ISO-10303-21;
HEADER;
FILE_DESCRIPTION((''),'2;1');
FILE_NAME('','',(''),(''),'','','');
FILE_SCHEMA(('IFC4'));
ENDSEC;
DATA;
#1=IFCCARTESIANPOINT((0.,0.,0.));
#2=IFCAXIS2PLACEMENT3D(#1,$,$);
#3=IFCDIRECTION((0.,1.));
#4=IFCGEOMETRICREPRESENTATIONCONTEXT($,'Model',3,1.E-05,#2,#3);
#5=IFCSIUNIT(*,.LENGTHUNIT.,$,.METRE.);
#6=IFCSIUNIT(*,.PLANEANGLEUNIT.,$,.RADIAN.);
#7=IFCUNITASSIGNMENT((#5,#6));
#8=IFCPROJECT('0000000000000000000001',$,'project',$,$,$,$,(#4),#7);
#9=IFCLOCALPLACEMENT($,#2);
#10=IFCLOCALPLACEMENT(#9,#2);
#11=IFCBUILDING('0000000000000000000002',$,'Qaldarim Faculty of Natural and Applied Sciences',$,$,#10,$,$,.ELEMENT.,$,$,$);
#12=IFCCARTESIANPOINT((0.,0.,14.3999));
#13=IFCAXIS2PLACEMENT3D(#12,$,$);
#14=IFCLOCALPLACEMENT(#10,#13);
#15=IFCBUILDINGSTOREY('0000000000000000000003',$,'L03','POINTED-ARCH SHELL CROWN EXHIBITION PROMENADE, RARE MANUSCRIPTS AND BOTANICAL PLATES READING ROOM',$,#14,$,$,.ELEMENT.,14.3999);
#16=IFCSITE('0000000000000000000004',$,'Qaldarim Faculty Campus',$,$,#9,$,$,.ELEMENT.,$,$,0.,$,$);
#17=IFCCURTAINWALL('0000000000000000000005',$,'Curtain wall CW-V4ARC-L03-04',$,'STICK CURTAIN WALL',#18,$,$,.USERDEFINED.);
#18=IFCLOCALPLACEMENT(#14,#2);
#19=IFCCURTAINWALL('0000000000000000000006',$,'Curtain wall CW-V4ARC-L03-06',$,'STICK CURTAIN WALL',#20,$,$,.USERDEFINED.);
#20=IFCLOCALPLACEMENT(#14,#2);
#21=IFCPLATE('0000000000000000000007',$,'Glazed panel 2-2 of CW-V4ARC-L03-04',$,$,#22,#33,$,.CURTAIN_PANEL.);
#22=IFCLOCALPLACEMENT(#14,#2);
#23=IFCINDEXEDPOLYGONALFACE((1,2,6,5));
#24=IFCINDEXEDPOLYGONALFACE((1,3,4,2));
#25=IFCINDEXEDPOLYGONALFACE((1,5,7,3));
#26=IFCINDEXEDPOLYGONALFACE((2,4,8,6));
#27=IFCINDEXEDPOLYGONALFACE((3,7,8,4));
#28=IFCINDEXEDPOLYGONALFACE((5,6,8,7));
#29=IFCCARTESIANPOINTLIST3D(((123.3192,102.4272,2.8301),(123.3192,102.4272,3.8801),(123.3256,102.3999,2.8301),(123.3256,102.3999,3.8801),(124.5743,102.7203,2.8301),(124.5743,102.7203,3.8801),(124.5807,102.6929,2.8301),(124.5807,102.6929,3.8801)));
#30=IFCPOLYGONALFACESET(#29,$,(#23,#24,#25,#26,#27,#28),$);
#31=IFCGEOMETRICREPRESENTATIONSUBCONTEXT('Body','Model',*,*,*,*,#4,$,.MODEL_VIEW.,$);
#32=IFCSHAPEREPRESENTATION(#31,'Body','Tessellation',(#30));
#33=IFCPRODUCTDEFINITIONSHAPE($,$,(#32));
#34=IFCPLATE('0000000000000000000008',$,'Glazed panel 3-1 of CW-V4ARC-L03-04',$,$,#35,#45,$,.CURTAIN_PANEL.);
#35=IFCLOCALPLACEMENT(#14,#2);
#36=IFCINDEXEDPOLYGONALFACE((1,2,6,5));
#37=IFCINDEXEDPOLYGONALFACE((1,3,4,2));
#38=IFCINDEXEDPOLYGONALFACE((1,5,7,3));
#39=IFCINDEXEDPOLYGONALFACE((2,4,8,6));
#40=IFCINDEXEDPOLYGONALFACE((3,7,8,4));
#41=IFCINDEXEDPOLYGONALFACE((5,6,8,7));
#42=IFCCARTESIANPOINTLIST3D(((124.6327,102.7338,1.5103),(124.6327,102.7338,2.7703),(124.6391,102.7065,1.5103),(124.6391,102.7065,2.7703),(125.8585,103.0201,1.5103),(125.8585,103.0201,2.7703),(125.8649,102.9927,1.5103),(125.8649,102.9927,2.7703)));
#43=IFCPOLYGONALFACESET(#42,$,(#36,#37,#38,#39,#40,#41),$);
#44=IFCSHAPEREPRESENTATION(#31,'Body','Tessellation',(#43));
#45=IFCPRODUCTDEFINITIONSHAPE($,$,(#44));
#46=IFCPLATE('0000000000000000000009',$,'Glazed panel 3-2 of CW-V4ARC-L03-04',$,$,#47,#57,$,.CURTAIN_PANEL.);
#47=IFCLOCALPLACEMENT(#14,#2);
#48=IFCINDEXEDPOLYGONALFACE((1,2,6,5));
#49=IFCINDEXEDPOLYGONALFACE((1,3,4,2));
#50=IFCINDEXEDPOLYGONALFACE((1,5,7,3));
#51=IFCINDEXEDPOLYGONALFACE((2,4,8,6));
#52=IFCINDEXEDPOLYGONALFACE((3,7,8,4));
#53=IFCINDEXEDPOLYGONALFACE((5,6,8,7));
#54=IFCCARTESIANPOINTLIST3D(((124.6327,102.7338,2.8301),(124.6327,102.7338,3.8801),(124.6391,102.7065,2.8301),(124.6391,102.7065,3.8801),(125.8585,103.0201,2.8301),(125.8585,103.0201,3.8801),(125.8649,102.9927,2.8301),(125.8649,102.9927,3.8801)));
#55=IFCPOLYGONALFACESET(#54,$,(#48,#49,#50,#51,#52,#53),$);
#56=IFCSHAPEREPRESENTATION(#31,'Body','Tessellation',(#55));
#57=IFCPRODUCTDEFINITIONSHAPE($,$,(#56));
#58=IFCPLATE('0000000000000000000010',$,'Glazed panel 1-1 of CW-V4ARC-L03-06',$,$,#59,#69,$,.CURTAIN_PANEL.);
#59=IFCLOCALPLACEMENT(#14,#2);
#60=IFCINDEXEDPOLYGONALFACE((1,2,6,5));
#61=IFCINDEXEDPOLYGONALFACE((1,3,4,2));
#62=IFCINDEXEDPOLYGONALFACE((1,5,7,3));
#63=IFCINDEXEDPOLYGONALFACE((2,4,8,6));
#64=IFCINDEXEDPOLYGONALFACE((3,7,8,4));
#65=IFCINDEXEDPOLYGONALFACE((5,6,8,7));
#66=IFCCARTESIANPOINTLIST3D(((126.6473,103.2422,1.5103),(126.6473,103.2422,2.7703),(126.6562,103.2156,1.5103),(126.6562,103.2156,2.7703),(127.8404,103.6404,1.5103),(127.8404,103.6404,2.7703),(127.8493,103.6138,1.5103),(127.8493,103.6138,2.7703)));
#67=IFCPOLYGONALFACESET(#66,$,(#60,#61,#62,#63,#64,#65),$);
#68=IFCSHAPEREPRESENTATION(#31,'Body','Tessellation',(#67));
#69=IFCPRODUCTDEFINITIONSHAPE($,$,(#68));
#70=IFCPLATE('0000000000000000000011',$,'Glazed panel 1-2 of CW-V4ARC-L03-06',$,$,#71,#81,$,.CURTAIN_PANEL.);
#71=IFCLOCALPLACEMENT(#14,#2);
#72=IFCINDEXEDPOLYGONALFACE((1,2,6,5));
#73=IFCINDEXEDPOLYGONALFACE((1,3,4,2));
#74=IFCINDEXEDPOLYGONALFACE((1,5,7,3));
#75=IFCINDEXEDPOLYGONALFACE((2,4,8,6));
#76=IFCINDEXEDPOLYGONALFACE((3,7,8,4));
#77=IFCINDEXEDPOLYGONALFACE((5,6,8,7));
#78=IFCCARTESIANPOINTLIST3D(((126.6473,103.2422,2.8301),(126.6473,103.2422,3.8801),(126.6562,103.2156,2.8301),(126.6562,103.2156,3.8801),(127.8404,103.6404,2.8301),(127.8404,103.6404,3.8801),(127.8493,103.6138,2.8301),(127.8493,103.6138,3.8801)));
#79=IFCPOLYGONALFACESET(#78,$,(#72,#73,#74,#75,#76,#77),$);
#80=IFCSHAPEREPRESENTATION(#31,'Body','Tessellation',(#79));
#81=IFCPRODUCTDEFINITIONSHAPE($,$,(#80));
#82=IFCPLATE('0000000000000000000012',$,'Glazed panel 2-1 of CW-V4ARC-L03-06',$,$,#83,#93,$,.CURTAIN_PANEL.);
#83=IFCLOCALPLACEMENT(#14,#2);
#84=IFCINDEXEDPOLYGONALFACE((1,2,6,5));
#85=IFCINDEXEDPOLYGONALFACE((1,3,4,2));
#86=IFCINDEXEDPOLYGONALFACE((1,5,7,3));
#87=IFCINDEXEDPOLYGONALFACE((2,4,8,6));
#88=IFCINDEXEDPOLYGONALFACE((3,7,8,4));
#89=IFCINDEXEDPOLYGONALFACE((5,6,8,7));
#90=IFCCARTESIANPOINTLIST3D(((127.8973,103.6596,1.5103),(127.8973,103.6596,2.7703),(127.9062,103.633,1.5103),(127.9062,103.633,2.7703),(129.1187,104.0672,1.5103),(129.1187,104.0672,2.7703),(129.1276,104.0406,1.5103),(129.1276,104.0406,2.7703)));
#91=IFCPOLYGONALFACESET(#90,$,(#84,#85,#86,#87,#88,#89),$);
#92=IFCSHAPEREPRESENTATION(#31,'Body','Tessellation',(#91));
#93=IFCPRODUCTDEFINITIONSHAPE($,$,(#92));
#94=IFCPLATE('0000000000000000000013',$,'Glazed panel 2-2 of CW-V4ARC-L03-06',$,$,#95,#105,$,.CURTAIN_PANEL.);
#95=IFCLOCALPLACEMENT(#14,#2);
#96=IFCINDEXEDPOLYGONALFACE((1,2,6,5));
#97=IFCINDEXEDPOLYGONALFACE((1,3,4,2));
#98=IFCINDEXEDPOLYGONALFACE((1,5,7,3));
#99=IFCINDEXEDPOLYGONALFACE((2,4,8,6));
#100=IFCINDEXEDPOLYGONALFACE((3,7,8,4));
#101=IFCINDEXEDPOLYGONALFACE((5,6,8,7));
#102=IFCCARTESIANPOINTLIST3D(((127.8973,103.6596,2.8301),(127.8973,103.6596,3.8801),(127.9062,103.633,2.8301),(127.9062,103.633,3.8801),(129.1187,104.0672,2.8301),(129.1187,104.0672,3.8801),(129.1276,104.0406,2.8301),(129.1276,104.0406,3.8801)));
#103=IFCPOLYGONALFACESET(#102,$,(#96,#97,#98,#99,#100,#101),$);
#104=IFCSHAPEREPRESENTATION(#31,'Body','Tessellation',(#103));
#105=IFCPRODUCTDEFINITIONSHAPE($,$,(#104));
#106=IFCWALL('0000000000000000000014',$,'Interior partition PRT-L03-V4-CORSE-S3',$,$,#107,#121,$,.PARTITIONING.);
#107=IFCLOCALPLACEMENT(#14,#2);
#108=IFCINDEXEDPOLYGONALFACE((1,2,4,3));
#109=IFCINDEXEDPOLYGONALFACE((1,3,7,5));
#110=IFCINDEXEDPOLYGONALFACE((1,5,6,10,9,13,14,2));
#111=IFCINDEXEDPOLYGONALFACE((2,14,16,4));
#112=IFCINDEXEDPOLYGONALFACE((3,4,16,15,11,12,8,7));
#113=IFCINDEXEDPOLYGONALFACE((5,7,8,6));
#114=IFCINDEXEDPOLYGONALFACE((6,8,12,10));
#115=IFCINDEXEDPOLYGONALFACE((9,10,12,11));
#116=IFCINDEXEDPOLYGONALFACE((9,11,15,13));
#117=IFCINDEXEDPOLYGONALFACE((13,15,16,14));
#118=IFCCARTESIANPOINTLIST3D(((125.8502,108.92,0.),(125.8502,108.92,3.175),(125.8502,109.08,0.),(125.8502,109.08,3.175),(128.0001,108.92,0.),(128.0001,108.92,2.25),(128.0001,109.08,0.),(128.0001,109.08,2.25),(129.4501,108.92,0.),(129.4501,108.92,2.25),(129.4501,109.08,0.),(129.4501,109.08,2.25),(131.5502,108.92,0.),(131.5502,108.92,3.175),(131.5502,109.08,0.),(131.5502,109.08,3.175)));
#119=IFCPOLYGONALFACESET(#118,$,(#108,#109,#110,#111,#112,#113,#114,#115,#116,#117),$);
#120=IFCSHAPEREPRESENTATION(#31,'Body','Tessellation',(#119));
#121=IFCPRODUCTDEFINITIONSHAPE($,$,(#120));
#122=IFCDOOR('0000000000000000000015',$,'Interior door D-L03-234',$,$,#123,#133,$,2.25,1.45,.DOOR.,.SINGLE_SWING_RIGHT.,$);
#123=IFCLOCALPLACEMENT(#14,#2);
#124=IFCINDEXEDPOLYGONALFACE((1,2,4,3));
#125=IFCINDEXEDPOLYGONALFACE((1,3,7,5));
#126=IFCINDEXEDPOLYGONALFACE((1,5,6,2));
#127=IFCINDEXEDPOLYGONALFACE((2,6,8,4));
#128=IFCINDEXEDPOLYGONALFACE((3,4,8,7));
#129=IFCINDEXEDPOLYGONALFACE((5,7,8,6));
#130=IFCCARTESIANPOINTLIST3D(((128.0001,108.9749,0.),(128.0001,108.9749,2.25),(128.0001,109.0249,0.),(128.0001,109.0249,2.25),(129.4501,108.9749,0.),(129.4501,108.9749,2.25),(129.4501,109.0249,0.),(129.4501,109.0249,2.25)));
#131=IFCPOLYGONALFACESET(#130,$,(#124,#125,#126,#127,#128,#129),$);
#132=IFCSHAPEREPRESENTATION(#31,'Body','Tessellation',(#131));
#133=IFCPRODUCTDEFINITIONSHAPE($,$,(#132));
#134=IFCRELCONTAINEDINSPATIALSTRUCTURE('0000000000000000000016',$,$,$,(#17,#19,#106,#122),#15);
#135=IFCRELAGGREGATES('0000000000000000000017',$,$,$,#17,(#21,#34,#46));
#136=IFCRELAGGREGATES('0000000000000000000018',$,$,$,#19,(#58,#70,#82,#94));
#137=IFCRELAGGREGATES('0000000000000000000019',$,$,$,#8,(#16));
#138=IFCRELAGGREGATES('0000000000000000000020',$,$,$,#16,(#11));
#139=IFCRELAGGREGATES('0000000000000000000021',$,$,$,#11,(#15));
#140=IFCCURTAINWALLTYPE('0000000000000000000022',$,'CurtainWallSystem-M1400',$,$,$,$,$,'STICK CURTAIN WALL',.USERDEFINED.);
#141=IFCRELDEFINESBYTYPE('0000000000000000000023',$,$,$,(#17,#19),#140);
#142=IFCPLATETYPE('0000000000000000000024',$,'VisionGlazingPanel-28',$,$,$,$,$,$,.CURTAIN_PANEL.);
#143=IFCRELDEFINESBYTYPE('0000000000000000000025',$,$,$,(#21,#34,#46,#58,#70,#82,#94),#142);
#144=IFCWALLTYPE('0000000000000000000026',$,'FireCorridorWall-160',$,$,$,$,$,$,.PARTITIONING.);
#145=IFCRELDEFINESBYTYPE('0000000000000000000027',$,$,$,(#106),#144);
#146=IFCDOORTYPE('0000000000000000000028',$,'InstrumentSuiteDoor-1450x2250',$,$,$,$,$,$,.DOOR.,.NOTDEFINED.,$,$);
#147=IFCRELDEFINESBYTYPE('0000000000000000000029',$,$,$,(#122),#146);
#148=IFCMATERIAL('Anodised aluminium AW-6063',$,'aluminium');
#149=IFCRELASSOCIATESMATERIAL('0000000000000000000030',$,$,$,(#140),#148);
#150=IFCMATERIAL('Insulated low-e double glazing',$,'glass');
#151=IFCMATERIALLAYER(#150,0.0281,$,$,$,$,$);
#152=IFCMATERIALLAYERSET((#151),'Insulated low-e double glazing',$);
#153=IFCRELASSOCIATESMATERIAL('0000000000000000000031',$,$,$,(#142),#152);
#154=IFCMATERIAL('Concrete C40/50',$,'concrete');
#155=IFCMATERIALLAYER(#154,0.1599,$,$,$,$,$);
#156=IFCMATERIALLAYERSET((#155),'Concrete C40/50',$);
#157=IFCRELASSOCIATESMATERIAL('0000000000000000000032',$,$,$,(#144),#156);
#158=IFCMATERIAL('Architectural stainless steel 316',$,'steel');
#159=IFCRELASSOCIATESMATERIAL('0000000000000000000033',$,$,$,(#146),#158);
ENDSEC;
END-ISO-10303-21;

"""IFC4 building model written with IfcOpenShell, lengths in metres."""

from ifc_helpers import new_model, si_unit, direction, frame, frame_2d, origin, origin_2d, place, context, subcontext, project, spatial, rectangle, extrude, material, layer, layer_set, type_object, element, fill, aggregate, save


model = new_model("IFC4")

# Units and contexts
model_context = context("Model", 3, precision=1e-05, world=origin(), true_north=direction((0.0, 1.0)))
body_context = subcontext(model_context, "Body", "Model", "MODEL_VIEW")
ifc_project = project(units=[si_unit("LENGTHUNIT", "METRE"), si_unit("PLANEANGLEUNIT", "RADIAN")], contexts=[model_context])

# Site, building, storey
site_placement = place(None, origin())
site = spatial("IfcSite", under=ifc_project, at=site_placement, Name="Qaldarim Faculty Campus", CompositionType="ELEMENT", RefElevation=0.0)
building_placement = place(site_placement, origin())
building = spatial("IfcBuilding", under=site, at=building_placement, Name="Qaldarim Faculty of Natural and Applied Sciences", CompositionType="ELEMENT")
storey_placement = place(building_placement, frame((0.0, 0.0, 14.3999)))
storey = spatial("IfcBuildingStorey", under=building, at=storey_placement, Name="L03", Description="POINTED-ARCH SHELL CROWN EXHIBITION PROMENADE, RARE MANUSCRIPTS AND BOTANICAL PLATES READING ROOM", CompositionType="ELEMENT", Elevation=14.3999)

# Curtain walls
ifc_material_1 = material(Name="Anodised aluminium AW-6063", Category="aluminium")
curtain_wall_type = type_object("IfcCurtainWallType", Name="CurtainWallSystem-M1400", ElementType="STICK CURTAIN WALL", PredefinedType="USERDEFINED", material=ifc_material_1)
curtain_wall_1_placement = place(storey_placement, origin())
curtain_wall_1 = element("IfcCurtainWall", 1, at=curtain_wall_1_placement, inside=storey, type_object=curtain_wall_type, Name="Curtain wall CW-V4ARC-L03-04", ObjectType="STICK CURTAIN WALL", PredefinedType="USERDEFINED")
curtain_wall_2_placement = place(storey_placement, origin())
curtain_wall_2 = element("IfcCurtainWall", 2, at=curtain_wall_2_placement, inside=storey, type_object=curtain_wall_type, Name="Curtain wall CW-V4ARC-L03-06", ObjectType="STICK CURTAIN WALL", PredefinedType="USERDEFINED")

# Plates
ifc_material_2 = material(Name="Insulated low-e double glazing", Category="glass")
ifc_layer_1 = layer(ifc_material_2, 0.0281)
ifc_layer_set_1 = layer_set([ifc_layer_1], Name="Insulated low-e double glazing")
plate_type = type_object("IfcPlateType", Name="VisionGlazingPanel-28", PredefinedType="CURTAIN_PANEL", material=ifc_layer_set_1)
plate_1_placement = place(storey_placement, frame((123.95, 102.5601, 2.8301), z_axis=(0.0, 0.0, 1.0), x_axis=(0.973806, 0.227382, 0.0)))
plate_1 = element("IfcPlate", 3, at=plate_1_placement, type_object=plate_type, Name="Glazed panel 2-2 of CW-V4ARC-L03-04", PredefinedType="CURTAIN_PANEL", context=body_context, shape_type="SweptSolid", body=[
    extrude(rectangle(XDim=1.2888, YDim=0.0281, at=origin_2d()), origin(), (0.0, 0.0, 1.0), 1.05),
])
plate_2_placement = place(storey_placement, frame((125.2488, 102.8633, 1.5103), z_axis=(0.0, 0.0, 1.0), x_axis=(0.973806, 0.227382, 0.0)))
plate_2 = element("IfcPlate", 4, at=plate_2_placement, type_object=plate_type, Name="Glazed panel 3-1 of CW-V4ARC-L03-04", PredefinedType="CURTAIN_PANEL", context=body_context, shape_type="SweptSolid", body=[
    extrude(rectangle(XDim=1.2588, YDim=0.0281, at=origin_2d()), origin(), (0.0, 0.0, 1.0), 1.26),
])
plate_3_placement = place(storey_placement, frame((125.2488, 102.8633, 2.8301), z_axis=(0.0, 0.0, 1.0), x_axis=(0.973806, 0.227382, 0.0)))
plate_3 = element("IfcPlate", 5, at=plate_3_placement, type_object=plate_type, Name="Glazed panel 3-2 of CW-V4ARC-L03-04", PredefinedType="CURTAIN_PANEL", context=body_context, shape_type="SweptSolid", body=[
    extrude(rectangle(XDim=1.2588, YDim=0.0281, at=origin_2d()), origin(), (0.0, 0.0, 1.0), 1.05),
])
aggregate(curtain_wall_1, [plate_1, plate_2, plate_3])
plate_4_placement = place(storey_placement, frame((127.2483, 103.428, 1.5103), z_axis=(0.0, 0.0, 1.0), x_axis=(0.948562, 0.316593, 0.0)))
plate_4 = element("IfcPlate", 6, at=plate_4_placement, type_object=plate_type, Name="Glazed panel 1-1 of CW-V4ARC-L03-06", PredefinedType="CURTAIN_PANEL", context=body_context, shape_type="SweptSolid", body=[
    extrude(rectangle(XDim=1.2578, YDim=0.0281, at=origin_2d()), origin(), (0.0, 0.0, 1.0), 1.26),
])
plate_5_placement = place(storey_placement, frame((127.2483, 103.428, 2.8301), z_axis=(0.0, 0.0, 1.0), x_axis=(0.948562, 0.316593, 0.0)))
plate_5 = element("IfcPlate", 7, at=plate_5_placement, type_object=plate_type, Name="Glazed panel 1-2 of CW-V4ARC-L03-06", PredefinedType="CURTAIN_PANEL", context=body_context, shape_type="SweptSolid", body=[
    extrude(rectangle(XDim=1.2578, YDim=0.0281, at=origin_2d()), origin(), (0.0, 0.0, 1.0), 1.05),
])
plate_6_placement = place(storey_placement, frame((128.5125, 103.8501, 1.5103), z_axis=(0.0, 0.0, 1.0), x_axis=(0.948562, 0.316593, 0.0)))
plate_6 = element("IfcPlate", 8, at=plate_6_placement, type_object=plate_type, Name="Glazed panel 2-1 of CW-V4ARC-L03-06", PredefinedType="CURTAIN_PANEL", context=body_context, shape_type="SweptSolid", body=[
    extrude(rectangle(XDim=1.2876, YDim=0.0281, at=origin_2d()), origin(), (0.0, 0.0, 1.0), 1.26),
])
plate_7_placement = place(storey_placement, frame((128.5125, 103.8501, 2.8301), z_axis=(0.0, 0.0, 1.0), x_axis=(0.948562, 0.316593, 0.0)))
plate_7 = element("IfcPlate", 9, at=plate_7_placement, type_object=plate_type, Name="Glazed panel 2-2 of CW-V4ARC-L03-06", PredefinedType="CURTAIN_PANEL", context=body_context, shape_type="SweptSolid", body=[
    extrude(rectangle(XDim=1.2876, YDim=0.0281, at=origin_2d()), origin(), (0.0, 0.0, 1.0), 1.05),
])
aggregate(curtain_wall_2, [plate_4, plate_5, plate_6, plate_7])

# Wall, opening, door
ifc_material_3 = material(Name="Concrete C40/50", Category="concrete")
ifc_layer_2 = layer(ifc_material_3, 0.1599)
ifc_layer_set_2 = layer_set([ifc_layer_2], Name="Concrete C40/50")
wall_type = type_object("IfcWallType", Name="FireCorridorWall-160", PredefinedType="PARTITIONING", material=ifc_layer_set_2)
wall_placement = place(storey_placement, frame((125.8501, 109.0, 0.0), z_axis=(0.0, 0.0, 1.0), x_axis=(1.0, 0.0, 0.0)))
wall = element("IfcWall", 10, at=wall_placement, inside=storey, type_object=wall_type, Name="Interior partition PRT-L03-V4-CORSE-S3", PredefinedType="PARTITIONING", context=body_context, shape_type="SweptSolid", body=[
    extrude(rectangle(XDim=5.7, YDim=0.1599, at=frame_2d((2.8501, 0.0))), origin(), (0.0, 0.0, 1.0), 3.175),
])
opening_placement = place(wall_placement, frame((2.1499, 0.0, 0.0)))
opening = element("IfcOpeningElement", 11, at=opening_placement, cuts=wall, PredefinedType="OPENING", context=body_context, shape_type="SweptSolid", body=[
    extrude(rectangle(XDim=1.45, YDim=2.25, at=frame_2d((0.7251, 1.125))), frame((0.0, 0.0898, 0.0), z_axis=(0.0, -1.0, 0.0), x_axis=(1.0, 0.0, 0.0)), (0.0, 0.0, 1.0), 0.1799),
])
ifc_material_4 = material(Name="Architectural stainless steel 316", Category="steel")
door_type = type_object("IfcDoorType", Name="InstrumentSuiteDoor-1450x2250", OperationType="NOTDEFINED", PredefinedType="DOOR", material=ifc_material_4)
door_placement = place(opening_placement, origin())
door = element("IfcDoor", 12, at=door_placement, inside=storey, type_object=door_type, Name="Interior door D-L03-234", OperationType="SINGLE_SWING_RIGHT", OverallHeight=2.25, OverallWidth=1.45, PredefinedType="DOOR", context=body_context, shape_type="SweptSolid", body=[
    extrude(rectangle(XDim=1.45, YDim=2.25, at=frame_2d((0.7251, 1.125))), frame((0.0, 0.0249, 0.0), z_axis=(0.0, -1.0, 0.0), x_axis=(1.0, 0.0, 0.0)), (0.0, 0.0, 1.0), 0.05),
])
fill(opening, door)

save(model, "model.ifc")
